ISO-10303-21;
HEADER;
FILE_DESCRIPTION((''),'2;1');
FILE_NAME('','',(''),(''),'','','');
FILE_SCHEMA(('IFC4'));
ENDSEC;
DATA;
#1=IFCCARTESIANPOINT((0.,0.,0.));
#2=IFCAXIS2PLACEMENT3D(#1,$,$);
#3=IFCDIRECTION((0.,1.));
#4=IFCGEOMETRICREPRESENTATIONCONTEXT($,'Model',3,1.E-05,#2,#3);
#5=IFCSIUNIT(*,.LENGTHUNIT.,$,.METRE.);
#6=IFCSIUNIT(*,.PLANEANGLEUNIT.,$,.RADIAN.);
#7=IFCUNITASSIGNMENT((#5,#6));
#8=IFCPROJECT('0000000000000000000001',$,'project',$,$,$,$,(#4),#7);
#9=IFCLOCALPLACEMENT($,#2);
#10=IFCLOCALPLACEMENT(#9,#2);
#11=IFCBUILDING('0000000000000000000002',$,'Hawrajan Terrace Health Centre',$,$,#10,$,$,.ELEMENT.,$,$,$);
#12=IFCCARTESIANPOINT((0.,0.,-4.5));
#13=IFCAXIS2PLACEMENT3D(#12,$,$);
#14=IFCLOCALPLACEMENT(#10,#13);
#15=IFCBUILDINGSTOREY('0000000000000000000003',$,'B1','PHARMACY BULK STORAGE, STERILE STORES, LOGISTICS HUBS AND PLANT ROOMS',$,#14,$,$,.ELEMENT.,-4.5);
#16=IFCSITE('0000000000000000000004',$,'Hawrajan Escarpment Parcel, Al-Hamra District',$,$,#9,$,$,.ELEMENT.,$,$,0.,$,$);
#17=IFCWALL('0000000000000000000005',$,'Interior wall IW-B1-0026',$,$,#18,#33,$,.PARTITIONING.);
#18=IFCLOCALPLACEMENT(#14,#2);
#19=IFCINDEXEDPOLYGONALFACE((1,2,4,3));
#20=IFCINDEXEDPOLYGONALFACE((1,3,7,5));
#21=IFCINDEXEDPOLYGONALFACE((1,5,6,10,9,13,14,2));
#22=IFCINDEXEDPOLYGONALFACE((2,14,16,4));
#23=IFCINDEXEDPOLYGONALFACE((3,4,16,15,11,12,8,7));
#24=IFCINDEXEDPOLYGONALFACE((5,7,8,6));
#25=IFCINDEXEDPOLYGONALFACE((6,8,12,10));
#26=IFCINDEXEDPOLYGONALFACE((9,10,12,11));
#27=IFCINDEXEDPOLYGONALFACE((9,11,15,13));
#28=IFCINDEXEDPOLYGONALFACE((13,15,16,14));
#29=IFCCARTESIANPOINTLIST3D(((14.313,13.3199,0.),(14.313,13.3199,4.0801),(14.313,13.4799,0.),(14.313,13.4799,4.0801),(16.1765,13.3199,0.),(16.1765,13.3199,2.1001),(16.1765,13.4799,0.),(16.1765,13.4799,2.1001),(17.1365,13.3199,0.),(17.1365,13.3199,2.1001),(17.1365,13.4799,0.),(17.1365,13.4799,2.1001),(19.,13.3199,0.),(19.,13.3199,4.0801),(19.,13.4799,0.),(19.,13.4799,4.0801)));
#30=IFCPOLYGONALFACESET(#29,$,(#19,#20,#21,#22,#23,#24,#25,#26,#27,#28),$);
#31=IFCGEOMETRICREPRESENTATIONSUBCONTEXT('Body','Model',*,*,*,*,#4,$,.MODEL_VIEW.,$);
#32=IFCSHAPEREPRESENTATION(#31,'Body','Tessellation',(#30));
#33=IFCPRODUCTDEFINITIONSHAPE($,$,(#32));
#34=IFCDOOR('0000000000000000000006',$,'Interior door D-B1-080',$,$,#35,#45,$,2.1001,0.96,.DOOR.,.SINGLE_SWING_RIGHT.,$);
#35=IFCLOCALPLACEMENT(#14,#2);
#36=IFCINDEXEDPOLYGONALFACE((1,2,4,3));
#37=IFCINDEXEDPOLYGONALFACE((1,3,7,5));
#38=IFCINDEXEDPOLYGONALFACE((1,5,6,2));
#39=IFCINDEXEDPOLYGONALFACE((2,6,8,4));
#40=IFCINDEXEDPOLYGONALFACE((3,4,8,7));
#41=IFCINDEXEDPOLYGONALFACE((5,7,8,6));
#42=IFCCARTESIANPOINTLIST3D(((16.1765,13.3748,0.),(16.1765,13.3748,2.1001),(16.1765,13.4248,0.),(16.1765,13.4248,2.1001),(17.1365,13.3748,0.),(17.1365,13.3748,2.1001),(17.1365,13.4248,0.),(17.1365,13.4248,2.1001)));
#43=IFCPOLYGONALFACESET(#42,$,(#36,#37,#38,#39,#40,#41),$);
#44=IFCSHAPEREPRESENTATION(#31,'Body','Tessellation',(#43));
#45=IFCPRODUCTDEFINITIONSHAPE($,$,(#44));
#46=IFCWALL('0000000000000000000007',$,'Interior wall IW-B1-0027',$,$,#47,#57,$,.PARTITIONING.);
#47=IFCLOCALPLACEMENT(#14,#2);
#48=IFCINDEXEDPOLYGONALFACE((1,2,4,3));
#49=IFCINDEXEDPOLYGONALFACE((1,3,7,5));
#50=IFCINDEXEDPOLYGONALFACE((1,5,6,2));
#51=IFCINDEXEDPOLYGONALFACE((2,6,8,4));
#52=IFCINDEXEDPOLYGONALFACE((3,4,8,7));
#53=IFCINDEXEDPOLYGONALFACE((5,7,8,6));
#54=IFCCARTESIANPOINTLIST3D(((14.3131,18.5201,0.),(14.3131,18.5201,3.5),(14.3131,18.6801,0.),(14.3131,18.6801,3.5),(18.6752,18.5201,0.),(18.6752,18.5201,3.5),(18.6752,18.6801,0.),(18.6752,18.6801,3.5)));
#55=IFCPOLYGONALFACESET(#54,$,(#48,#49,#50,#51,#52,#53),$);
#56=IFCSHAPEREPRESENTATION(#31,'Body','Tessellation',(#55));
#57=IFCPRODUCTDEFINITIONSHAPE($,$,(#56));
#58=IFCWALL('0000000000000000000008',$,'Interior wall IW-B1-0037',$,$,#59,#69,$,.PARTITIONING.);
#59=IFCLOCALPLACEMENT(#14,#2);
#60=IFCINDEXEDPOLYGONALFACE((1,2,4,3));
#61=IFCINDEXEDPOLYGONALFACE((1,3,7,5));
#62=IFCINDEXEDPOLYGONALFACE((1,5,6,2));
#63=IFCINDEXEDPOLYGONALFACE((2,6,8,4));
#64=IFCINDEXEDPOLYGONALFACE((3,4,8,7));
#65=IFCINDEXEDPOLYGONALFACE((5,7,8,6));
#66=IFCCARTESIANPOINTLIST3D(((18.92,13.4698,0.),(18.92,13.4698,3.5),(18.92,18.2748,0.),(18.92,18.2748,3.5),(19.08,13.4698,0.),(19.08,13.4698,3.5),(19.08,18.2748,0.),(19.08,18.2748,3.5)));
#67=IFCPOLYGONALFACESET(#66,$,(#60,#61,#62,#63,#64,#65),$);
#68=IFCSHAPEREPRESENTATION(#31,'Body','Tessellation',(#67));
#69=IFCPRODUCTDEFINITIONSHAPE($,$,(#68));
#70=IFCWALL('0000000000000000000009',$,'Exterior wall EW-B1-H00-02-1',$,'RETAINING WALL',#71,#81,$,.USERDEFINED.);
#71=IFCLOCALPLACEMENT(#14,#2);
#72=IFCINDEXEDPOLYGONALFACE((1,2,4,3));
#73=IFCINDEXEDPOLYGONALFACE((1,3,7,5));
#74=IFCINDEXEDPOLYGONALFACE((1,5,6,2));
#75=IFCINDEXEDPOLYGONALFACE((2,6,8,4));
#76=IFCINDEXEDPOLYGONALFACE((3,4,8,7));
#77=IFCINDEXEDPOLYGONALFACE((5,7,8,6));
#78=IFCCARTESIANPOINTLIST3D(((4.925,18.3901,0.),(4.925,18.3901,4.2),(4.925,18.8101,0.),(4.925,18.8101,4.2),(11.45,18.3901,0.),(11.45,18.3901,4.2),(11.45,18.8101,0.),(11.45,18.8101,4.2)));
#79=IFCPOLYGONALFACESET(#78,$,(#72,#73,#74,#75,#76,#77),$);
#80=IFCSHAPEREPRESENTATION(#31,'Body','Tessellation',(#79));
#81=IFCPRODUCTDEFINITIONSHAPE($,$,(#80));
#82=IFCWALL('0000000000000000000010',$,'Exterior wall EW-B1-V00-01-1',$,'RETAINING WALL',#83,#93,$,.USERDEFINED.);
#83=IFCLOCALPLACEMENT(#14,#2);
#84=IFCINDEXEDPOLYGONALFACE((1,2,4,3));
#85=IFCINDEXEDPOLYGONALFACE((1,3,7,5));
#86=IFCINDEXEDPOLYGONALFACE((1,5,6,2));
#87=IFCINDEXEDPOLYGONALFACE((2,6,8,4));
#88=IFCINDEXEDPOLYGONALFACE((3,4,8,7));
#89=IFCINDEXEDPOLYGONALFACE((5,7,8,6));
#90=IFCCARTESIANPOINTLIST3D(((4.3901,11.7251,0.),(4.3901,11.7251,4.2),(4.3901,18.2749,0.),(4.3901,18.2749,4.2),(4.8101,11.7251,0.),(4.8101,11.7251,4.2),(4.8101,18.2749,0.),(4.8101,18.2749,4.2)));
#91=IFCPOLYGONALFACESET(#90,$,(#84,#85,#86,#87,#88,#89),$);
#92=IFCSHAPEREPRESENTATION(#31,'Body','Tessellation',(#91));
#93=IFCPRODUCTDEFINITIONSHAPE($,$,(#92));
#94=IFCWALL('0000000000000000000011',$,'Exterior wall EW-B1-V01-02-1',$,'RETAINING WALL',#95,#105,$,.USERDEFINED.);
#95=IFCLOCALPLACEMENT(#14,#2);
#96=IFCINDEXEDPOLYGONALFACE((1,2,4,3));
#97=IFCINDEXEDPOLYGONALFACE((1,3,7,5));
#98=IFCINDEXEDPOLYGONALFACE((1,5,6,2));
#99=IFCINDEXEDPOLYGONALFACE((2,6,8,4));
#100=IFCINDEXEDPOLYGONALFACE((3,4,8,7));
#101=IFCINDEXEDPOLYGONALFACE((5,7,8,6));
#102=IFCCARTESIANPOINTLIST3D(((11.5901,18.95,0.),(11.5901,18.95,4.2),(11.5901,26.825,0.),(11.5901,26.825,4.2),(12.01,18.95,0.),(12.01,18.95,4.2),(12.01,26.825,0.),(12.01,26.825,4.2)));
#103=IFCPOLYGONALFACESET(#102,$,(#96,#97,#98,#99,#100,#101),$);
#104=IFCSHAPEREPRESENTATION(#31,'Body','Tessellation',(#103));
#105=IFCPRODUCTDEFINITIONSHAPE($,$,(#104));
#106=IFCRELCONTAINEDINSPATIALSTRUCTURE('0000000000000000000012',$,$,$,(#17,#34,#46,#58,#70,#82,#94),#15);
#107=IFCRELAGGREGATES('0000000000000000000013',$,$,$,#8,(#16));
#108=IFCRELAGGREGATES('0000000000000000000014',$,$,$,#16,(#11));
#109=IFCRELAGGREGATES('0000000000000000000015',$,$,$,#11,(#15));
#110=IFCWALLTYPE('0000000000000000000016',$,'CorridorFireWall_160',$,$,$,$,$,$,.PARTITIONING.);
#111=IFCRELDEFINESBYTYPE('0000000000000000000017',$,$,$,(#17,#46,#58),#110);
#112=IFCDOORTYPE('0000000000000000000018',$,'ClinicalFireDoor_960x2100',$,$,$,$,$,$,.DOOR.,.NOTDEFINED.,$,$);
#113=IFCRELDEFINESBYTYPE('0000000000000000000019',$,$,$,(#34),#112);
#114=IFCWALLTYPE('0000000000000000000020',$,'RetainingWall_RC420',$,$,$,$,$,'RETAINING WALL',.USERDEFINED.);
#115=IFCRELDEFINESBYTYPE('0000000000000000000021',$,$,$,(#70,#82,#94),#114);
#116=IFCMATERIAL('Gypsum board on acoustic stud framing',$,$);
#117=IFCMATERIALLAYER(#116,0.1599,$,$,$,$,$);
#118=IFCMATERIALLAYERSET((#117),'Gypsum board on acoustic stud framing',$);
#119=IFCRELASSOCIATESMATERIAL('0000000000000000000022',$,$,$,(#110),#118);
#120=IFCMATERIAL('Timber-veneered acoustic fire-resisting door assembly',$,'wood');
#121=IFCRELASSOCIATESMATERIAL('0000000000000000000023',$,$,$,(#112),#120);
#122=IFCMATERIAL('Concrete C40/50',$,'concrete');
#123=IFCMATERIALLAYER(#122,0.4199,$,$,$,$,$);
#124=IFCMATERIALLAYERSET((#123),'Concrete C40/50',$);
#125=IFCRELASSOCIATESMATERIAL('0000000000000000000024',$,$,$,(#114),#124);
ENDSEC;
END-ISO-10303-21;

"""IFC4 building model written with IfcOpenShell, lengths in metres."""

from ifc_helpers import new_model, si_unit, direction, frame, frame_2d, origin, place, context, subcontext, project, spatial, rectangle, extrude, material, layer, layer_set, type_object, element, fill, save


model = new_model("IFC4")

# Units and contexts
model_context = context("Model", 3, precision=1e-05, world=origin(), true_north=direction((0.0, 1.0)))
body_context = subcontext(model_context, "Body", "Model", "MODEL_VIEW")
ifc_project = project(units=[si_unit("LENGTHUNIT", "METRE"), si_unit("PLANEANGLEUNIT", "RADIAN")], contexts=[model_context])

# Site, building, storey
site_placement = place(None, origin())
site = spatial("IfcSite", under=ifc_project, at=site_placement, Name="Hawrajan Escarpment Parcel, Al-Hamra District", CompositionType="ELEMENT", RefElevation=0.0)
building_placement = place(site_placement, origin())
building = spatial("IfcBuilding", under=site, at=building_placement, Name="Hawrajan Terrace Health Centre", CompositionType="ELEMENT")
storey_placement = place(building_placement, frame((0.0, 0.0, -4.5)))
storey = spatial("IfcBuildingStorey", under=building, at=storey_placement, Name="B1", Description="PHARMACY BULK STORAGE, STERILE STORES, LOGISTICS HUBS AND PLANT ROOMS", CompositionType="ELEMENT", Elevation=-4.5)

# Shared definitions
ifc_material_1 = material(Name="Concrete C40/50", Category="concrete")

# Shared definitions
ifc_material_2 = material(Name="Gypsum board on acoustic stud framing")

# Shared definitions
ifc_layer_1 = layer(ifc_material_2, 0.1599)
ifc_layer_set_1 = layer_set([ifc_layer_1], Name="Gypsum board on acoustic stud framing")
wall_type_1 = type_object("IfcWallType", Name="CorridorFireWall_160", PredefinedType="PARTITIONING", material=ifc_layer_set_1)
ifc_material_3 = material(Name="Timber-veneered acoustic fire-resisting door assembly", Category="wood")
door_type_1 = type_object("IfcDoorType", Name="ClinicalFireDoor_960x2100", OperationType="NOTDEFINED", PredefinedType="DOOR", material=ifc_material_3)

# Wall, opening, door
wall_1_placement = place(storey_placement, frame((14.313, 13.3999, 0.0), z_axis=(0.0, 0.0, 1.0), x_axis=(1.0, 0.0, 0.0)))
wall_1 = element("IfcWall", 1, at=wall_1_placement, inside=storey, type_object=wall_type_1, Name="Interior wall IW-B1-0026", PredefinedType="PARTITIONING", context=body_context, shape_type="SweptSolid", body=[
    extrude(rectangle(XDim=4.687, YDim=0.1599, at=frame_2d((2.3435, 0.0))), origin(), (0.0, 0.0, 1.0), 4.0801),
])
opening_1_placement = place(wall_1_placement, frame((1.8635, 0.0, 0.0)))
opening_1 = element("IfcOpeningElement", 2, at=opening_1_placement, cuts=wall_1, PredefinedType="OPENING", context=body_context, shape_type="SweptSolid", body=[
    extrude(rectangle(XDim=0.96, YDim=2.1001, at=frame_2d((0.48, 1.05))), frame((0.0, 0.0898, 0.0), z_axis=(0.0, -1.0, 0.0), x_axis=(1.0, 0.0, 0.0)), (0.0, 0.0, 1.0), 0.1799),
])
door_1_placement = place(opening_1_placement, origin())
door_1 = element("IfcDoor", 3, at=door_1_placement, inside=storey, type_object=door_type_1, Name="Interior door D-B1-080", OperationType="SINGLE_SWING_RIGHT", OverallHeight=2.1001, OverallWidth=0.96, PredefinedType="DOOR", context=body_context, shape_type="SweptSolid", body=[
    extrude(rectangle(XDim=0.96, YDim=2.1001, at=frame_2d((0.48, 1.05))), frame((0.0, 0.0249, 0.0), z_axis=(0.0, -1.0, 0.0), x_axis=(1.0, 0.0, 0.0)), (0.0, 0.0, 1.0), 0.05),
])
fill(opening_1, door_1)

# Walls
wall_2_placement = place(storey_placement, frame((14.313, 18.6001, 0.0), z_axis=(0.0, 0.0, 1.0), x_axis=(1.0, 0.0, 0.0)))
element("IfcWall", 4, at=wall_2_placement, inside=storey, type_object=wall_type_1, Name="Interior wall IW-B1-0027", PredefinedType="PARTITIONING", context=body_context, shape_type="SweptSolid", body=[
    extrude(rectangle(XDim=4.3621, YDim=0.1599, at=frame_2d((2.1812, 0.0))), origin(), (0.0, 0.0, 1.0), 3.5),
])
wall_3_placement = place(storey_placement, frame((19.0, 13.47, 0.0), z_axis=(0.0, 0.0, 1.0), x_axis=(0.0, 1.0, 0.0)))
element("IfcWall", 5, at=wall_3_placement, inside=storey, type_object=wall_type_1, Name="Interior wall IW-B1-0037", PredefinedType="PARTITIONING", context=body_context, shape_type="SweptSolid", body=[
    extrude(rectangle(XDim=4.8049, YDim=0.1599, at=frame_2d((2.4023, 0.0))), origin(), (0.0, 0.0, 1.0), 3.5),
])
ifc_layer_2 = layer(ifc_material_1, 0.4199)
ifc_layer_set_2 = layer_set([ifc_layer_2], Name="Concrete C40/50")
wall_type_2 = type_object("IfcWallType", Name="RetainingWall_RC420", ElementType="RETAINING WALL", PredefinedType="USERDEFINED", material=ifc_layer_set_2)
wall_4_placement = place(storey_placement, frame((4.925, 18.6001, 0.0), z_axis=(0.0, 0.0, 1.0), x_axis=(1.0, 0.0, 0.0)))
element("IfcWall", 6, at=wall_4_placement, inside=storey, type_object=wall_type_2, Name="Exterior wall EW-B1-H00-02-1", ObjectType="RETAINING WALL", PredefinedType="USERDEFINED", context=body_context, shape_type="SweptSolid", body=[
    extrude(rectangle(XDim=6.5249, YDim=0.4199, at=frame_2d((3.2625, 0.0))), origin(), (0.0, 0.0, 1.0), 4.2),
])
wall_5_placement = place(storey_placement, frame((4.6001, 11.7251, 0.0), z_axis=(0.0, 0.0, 1.0), x_axis=(0.0, 1.0, 0.0)))
element("IfcWall", 7, at=wall_5_placement, inside=storey, type_object=wall_type_2, Name="Exterior wall EW-B1-V00-01-1", ObjectType="RETAINING WALL", PredefinedType="USERDEFINED", context=body_context, shape_type="SweptSolid", body=[
    extrude(rectangle(XDim=6.5498, YDim=0.4199, at=frame_2d((3.2749, 0.0))), origin(), (0.0, 0.0, 1.0), 4.2),
])
wall_6_placement = place(storey_placement, frame((11.8, 18.95, 0.0), z_axis=(0.0, 0.0, 1.0), x_axis=(0.0, 1.0, 0.0)))
element("IfcWall", 8, at=wall_6_placement, inside=storey, type_object=wall_type_2, Name="Exterior wall EW-B1-V01-02-1", ObjectType="RETAINING WALL", PredefinedType="USERDEFINED", context=body_context, shape_type="SweptSolid", body=[
    extrude(rectangle(XDim=7.875, YDim=0.4199, at=frame_2d((3.9375, 0.0))), origin(), (0.0, 0.0, 1.0), 4.2),
])

save(model, "model.ifc")
